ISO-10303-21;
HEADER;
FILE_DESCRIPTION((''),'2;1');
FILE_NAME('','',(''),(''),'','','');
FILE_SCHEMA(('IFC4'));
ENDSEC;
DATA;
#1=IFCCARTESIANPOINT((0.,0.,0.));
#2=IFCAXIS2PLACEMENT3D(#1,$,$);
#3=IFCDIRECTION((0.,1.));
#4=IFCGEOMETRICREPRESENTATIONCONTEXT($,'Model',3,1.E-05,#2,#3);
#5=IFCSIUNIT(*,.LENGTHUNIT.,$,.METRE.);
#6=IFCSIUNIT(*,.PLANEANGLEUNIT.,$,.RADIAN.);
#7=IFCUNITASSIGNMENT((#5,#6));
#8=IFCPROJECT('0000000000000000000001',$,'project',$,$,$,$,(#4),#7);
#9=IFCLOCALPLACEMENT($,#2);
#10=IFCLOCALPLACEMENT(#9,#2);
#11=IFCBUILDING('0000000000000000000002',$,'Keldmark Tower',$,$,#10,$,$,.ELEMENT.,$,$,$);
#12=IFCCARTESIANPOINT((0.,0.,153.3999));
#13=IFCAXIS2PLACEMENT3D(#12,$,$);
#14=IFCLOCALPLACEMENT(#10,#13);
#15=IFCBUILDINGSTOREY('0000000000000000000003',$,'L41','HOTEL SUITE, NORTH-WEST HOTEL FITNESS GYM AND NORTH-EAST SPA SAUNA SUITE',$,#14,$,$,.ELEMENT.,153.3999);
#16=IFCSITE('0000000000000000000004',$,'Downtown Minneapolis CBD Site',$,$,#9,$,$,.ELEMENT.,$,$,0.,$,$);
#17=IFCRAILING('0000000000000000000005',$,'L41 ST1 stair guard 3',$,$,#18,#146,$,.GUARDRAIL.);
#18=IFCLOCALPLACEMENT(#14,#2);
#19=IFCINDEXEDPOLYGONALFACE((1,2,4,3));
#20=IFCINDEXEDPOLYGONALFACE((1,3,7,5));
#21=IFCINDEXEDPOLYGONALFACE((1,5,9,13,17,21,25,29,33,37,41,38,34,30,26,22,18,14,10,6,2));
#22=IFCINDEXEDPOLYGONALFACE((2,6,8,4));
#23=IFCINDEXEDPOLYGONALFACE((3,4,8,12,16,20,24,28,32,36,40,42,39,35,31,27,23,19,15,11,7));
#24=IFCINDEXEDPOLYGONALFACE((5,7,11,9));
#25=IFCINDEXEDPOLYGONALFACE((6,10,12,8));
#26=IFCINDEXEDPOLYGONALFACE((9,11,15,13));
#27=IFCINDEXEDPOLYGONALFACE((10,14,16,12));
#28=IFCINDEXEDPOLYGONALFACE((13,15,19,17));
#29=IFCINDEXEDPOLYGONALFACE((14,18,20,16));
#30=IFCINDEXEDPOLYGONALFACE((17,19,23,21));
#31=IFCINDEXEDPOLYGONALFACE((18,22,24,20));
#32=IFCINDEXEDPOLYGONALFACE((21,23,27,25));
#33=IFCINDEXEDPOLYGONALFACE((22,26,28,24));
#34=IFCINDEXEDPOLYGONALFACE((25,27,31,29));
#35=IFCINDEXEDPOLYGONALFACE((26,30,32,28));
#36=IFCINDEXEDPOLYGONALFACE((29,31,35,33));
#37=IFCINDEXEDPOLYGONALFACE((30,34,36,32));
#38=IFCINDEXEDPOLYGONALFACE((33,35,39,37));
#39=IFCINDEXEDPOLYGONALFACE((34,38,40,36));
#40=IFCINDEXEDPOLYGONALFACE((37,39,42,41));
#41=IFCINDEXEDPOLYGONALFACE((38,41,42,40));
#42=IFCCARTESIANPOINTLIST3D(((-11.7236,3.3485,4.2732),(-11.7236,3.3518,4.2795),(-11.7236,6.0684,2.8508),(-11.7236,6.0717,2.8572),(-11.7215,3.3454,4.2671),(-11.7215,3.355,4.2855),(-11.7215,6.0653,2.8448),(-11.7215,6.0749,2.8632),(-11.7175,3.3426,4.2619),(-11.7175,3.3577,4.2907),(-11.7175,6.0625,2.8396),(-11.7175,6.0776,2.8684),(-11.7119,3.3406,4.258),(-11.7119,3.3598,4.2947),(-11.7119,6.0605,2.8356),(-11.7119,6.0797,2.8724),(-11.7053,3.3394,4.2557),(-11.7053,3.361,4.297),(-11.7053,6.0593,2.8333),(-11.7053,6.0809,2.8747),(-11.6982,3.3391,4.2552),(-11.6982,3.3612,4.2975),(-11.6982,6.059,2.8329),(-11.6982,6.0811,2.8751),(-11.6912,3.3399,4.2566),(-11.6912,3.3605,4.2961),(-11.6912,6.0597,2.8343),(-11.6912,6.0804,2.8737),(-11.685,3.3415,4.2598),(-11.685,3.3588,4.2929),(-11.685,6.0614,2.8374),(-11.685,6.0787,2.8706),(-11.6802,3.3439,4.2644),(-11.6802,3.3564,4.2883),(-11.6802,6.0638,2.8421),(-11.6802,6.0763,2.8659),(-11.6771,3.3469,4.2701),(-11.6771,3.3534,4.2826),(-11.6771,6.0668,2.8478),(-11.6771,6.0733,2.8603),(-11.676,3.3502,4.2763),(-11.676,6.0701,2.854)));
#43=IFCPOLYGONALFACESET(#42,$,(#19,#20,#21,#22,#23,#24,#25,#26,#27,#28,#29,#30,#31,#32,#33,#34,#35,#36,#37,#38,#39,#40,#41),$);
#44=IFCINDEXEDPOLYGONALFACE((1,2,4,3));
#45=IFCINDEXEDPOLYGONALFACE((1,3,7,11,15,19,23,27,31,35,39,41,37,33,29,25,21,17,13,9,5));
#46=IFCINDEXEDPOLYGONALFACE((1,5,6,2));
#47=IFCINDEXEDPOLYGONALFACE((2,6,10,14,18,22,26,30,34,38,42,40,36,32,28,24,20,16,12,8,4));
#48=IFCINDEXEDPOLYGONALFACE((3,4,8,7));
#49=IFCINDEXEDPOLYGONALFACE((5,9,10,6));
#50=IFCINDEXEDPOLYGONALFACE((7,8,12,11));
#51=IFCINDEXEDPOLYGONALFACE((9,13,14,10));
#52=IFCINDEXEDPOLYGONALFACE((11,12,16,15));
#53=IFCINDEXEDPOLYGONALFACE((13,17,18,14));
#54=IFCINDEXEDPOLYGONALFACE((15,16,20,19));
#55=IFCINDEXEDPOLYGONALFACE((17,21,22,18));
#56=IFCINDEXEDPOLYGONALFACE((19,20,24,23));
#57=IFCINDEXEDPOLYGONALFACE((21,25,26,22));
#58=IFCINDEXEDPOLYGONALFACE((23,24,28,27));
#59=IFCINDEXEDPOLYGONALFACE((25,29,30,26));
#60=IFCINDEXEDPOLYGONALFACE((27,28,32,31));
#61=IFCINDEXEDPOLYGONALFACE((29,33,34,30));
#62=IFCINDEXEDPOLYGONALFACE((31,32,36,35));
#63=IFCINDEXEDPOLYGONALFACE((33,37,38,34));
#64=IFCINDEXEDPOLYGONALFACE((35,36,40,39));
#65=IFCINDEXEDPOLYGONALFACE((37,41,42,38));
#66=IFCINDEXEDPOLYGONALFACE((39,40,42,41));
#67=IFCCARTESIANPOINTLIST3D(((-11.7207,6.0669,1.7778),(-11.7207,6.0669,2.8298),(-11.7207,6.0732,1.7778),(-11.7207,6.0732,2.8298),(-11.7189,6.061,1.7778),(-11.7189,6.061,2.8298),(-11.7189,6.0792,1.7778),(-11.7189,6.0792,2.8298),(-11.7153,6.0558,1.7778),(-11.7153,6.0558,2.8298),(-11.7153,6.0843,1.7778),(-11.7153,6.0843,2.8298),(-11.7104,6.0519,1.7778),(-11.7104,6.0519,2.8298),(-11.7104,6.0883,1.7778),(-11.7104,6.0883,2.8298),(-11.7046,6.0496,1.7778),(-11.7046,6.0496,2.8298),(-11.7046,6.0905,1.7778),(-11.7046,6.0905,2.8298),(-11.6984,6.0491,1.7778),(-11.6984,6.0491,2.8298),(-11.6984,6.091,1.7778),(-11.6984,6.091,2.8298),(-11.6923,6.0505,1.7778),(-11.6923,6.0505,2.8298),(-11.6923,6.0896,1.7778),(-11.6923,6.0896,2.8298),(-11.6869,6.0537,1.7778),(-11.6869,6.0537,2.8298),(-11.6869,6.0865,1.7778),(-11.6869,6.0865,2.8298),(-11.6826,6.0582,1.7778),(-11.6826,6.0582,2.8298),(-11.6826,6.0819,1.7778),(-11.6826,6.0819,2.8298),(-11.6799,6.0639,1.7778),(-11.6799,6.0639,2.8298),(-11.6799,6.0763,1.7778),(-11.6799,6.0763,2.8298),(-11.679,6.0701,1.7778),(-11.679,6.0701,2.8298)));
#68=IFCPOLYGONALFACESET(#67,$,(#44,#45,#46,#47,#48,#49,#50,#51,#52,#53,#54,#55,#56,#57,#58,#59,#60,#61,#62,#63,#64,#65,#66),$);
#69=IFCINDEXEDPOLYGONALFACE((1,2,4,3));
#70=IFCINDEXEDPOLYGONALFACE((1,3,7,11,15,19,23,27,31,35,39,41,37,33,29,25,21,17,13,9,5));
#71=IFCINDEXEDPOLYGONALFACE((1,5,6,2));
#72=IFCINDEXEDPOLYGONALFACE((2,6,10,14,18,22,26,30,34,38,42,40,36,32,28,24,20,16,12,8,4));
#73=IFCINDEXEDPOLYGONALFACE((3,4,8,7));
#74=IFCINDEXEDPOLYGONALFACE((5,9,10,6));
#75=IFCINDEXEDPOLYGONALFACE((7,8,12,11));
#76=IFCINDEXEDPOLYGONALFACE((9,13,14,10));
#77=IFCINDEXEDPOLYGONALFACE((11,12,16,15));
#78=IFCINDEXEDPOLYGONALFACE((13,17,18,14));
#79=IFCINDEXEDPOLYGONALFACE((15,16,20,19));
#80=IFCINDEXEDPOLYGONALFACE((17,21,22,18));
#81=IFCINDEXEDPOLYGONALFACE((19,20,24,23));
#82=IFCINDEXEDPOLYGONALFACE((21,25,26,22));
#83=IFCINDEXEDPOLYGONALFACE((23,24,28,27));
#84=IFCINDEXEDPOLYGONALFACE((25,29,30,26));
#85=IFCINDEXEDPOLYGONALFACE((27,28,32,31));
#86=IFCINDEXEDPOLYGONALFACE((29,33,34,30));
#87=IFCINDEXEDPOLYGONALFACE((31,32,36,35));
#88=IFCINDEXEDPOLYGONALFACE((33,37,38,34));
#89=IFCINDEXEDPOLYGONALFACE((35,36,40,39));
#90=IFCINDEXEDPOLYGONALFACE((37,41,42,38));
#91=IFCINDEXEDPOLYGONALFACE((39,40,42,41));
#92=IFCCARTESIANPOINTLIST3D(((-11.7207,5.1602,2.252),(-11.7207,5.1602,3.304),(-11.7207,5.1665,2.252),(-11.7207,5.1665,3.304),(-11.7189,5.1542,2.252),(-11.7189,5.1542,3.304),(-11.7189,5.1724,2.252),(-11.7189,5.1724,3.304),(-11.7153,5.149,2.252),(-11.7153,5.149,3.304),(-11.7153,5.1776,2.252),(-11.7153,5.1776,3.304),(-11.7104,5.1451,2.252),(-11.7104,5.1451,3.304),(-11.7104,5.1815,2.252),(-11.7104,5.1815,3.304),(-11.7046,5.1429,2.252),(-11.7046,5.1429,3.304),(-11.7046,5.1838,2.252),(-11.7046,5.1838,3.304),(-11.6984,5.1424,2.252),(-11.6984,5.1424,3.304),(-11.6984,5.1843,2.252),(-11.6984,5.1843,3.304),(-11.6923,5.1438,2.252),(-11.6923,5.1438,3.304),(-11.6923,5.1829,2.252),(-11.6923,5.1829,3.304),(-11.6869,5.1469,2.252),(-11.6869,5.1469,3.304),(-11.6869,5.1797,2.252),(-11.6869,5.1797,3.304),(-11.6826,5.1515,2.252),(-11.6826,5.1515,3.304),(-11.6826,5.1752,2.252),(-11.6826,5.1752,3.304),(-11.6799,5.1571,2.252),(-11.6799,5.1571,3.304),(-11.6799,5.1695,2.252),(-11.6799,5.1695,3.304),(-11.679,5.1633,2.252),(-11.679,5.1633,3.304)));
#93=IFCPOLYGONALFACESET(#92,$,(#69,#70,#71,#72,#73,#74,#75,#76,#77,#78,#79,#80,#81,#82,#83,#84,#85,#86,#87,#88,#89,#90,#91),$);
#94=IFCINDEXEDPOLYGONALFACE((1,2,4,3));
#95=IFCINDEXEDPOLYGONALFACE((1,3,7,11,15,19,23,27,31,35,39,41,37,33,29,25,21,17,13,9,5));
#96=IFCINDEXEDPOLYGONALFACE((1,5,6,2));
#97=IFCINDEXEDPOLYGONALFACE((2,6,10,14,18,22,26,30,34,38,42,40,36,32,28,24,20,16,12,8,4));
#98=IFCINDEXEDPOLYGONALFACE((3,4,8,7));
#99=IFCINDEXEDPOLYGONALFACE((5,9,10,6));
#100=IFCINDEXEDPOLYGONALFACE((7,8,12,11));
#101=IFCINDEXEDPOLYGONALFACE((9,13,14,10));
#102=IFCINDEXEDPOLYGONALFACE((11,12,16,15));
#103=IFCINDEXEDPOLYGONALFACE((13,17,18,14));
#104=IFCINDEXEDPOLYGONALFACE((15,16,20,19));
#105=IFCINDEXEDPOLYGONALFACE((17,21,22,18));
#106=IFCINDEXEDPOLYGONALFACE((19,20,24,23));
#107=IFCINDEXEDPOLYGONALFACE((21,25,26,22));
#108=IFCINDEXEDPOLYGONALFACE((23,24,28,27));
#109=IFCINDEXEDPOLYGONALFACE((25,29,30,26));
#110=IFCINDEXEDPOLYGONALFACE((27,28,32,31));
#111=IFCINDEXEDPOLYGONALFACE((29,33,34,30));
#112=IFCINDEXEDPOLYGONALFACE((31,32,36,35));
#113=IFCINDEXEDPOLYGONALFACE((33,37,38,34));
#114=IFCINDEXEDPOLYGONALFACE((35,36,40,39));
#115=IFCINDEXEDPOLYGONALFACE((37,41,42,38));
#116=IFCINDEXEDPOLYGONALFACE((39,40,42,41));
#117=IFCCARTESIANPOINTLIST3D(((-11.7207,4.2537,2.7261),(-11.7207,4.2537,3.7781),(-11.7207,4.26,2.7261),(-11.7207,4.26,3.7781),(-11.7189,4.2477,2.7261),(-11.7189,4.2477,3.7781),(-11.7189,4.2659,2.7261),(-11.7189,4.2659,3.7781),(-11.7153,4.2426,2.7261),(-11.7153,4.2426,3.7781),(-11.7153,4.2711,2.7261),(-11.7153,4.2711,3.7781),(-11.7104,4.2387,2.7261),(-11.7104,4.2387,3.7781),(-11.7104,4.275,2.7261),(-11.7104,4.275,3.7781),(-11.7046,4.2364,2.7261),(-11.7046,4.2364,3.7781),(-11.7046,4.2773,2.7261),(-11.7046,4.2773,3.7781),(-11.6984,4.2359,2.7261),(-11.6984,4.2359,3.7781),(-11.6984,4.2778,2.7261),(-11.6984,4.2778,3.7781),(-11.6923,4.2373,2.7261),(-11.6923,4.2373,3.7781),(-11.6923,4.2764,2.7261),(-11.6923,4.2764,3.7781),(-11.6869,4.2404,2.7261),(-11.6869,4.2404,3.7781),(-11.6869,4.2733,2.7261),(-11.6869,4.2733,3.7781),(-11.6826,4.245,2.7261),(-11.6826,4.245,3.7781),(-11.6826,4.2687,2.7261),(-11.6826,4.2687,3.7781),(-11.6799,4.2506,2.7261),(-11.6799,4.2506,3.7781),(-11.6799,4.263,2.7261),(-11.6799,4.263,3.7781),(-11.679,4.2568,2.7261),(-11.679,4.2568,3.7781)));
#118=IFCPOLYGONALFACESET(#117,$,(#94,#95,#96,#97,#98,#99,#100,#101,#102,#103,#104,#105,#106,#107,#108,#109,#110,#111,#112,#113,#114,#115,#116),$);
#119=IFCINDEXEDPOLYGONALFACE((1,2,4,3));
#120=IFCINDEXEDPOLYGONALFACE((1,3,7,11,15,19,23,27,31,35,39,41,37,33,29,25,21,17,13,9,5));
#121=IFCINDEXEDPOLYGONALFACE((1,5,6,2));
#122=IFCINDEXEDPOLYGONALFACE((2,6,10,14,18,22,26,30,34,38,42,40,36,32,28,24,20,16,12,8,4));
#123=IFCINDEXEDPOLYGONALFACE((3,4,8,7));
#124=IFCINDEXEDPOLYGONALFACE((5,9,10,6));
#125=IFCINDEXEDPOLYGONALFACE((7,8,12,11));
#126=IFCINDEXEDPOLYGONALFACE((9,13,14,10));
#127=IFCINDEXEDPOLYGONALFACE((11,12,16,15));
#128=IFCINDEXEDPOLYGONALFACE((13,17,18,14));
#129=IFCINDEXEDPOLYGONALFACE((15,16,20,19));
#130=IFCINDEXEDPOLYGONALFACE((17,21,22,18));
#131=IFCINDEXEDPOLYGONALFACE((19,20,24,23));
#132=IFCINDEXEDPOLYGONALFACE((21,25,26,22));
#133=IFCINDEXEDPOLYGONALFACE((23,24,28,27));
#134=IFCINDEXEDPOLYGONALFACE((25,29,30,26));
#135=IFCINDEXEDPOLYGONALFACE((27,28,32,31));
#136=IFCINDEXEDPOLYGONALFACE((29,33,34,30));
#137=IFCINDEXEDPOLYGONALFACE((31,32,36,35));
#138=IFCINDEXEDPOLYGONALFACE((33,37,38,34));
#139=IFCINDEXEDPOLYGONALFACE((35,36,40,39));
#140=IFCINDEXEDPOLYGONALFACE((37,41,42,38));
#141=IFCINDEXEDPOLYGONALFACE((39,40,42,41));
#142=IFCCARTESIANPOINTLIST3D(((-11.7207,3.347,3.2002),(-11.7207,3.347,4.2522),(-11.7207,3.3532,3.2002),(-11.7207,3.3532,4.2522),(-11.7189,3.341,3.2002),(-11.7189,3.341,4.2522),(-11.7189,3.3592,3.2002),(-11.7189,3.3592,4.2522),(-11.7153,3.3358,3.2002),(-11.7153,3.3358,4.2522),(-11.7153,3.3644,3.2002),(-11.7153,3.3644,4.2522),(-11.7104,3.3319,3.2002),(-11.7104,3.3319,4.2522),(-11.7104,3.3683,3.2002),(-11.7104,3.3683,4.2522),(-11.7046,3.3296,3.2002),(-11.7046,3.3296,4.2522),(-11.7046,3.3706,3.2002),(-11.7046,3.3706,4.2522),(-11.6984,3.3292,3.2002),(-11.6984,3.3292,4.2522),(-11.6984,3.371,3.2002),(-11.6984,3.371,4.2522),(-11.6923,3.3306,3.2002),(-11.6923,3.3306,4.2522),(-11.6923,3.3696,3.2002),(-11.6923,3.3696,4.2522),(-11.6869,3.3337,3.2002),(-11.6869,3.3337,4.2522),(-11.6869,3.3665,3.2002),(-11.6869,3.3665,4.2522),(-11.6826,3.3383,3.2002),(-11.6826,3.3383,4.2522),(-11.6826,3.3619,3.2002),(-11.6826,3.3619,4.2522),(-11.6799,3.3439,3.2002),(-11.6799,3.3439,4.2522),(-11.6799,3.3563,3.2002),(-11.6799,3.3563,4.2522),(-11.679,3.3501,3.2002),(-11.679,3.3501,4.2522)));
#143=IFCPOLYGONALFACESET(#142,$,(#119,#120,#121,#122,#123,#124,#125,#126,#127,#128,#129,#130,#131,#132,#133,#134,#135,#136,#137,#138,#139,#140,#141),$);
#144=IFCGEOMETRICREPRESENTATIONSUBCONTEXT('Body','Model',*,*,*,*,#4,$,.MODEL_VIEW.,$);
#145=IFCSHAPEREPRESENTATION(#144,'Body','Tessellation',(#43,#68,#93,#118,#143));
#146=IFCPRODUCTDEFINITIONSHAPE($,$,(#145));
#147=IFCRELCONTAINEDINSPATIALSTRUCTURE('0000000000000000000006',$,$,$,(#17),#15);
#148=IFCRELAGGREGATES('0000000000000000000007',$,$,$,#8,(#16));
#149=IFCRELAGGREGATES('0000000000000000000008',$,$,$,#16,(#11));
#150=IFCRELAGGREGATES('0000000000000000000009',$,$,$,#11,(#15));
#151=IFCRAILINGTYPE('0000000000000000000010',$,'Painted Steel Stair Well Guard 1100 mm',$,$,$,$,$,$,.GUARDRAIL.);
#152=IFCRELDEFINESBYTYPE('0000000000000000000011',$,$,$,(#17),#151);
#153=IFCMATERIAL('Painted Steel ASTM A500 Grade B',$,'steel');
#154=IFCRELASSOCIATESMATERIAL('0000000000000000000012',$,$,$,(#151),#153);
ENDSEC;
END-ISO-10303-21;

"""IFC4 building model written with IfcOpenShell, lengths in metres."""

from ifc_helpers import new_model, si_unit, direction, frame, origin, origin_2d, place, context, subcontext, project, spatial, circle, extrude, material, type_object, element, save


model = new_model("IFC4")

# Units and contexts
model_context = context("Model", 3, precision=1e-05, world=origin(), true_north=direction((0.0, 1.0)))
body_context = subcontext(model_context, "Body", "Model", "MODEL_VIEW")
ifc_project = project(units=[si_unit("LENGTHUNIT", "METRE"), si_unit("PLANEANGLEUNIT", "RADIAN")], contexts=[model_context])

# Site, building, storey
site_placement = place(None, origin())
site = spatial("IfcSite", under=ifc_project, at=site_placement, Name="Downtown Minneapolis CBD Site", CompositionType="ELEMENT", RefElevation=0.0)
building_placement = place(site_placement, origin())
building = spatial("IfcBuilding", under=site, at=building_placement, Name="Keldmark Tower", CompositionType="ELEMENT")
storey_placement = place(building_placement, frame((0.0, 0.0, 153.3999)))
storey = spatial("IfcBuildingStorey", under=building, at=storey_placement, Name="L41", Description="HOTEL SUITE, NORTH-WEST HOTEL FITNESS GYM AND NORTH-EAST SPA SAUNA SUITE", CompositionType="ELEMENT", Elevation=153.3999)

# Railing
ifc_material_1 = material(Name="Painted Steel ASTM A500 Grade B", Category="steel")
railing_type_1 = type_object("IfcRailingType", Name="Painted Steel Stair Well Guard 1100 mm", PredefinedType="GUARDRAIL", material=ifc_material_1)
railing_1_placement = place(storey_placement, frame((-11.7, 6.0701, 1.7778)))
element("IfcRailing", 1, at=railing_1_placement, inside=storey, type_object=railing_type_1, Name="L41 ST1 stair guard 3", PredefinedType="GUARDRAIL", context=body_context, shape_type="SweptSolid", body=[
    extrude(circle(Radius=0.0239, at=origin_2d()), frame((0.0, 0.0, 1.0762), z_axis=(0.0, -0.88615, 0.463398), x_axis=(1.0, 0.0, 0.0)), (0.0, 0.0, 1.0), 3.0693),
    extrude(circle(Radius=0.021, at=origin_2d()), origin(), (0.0, 0.0, 1.0), 1.052),
    extrude(circle(Radius=0.021, at=origin_2d()), frame((0.0, -0.9067, 0.4741)), (0.0, 0.0, 1.0), 1.052),
    extrude(circle(Radius=0.021, at=origin_2d()), frame((0.0, -1.8132, 0.9482)), (0.0, 0.0, 1.0), 1.052),
    extrude(circle(Radius=0.021, at=origin_2d()), frame((0.0, -2.72, 1.4224)), (0.0, 0.0, 1.0), 1.052),
])

save(model, "model.ifc")
